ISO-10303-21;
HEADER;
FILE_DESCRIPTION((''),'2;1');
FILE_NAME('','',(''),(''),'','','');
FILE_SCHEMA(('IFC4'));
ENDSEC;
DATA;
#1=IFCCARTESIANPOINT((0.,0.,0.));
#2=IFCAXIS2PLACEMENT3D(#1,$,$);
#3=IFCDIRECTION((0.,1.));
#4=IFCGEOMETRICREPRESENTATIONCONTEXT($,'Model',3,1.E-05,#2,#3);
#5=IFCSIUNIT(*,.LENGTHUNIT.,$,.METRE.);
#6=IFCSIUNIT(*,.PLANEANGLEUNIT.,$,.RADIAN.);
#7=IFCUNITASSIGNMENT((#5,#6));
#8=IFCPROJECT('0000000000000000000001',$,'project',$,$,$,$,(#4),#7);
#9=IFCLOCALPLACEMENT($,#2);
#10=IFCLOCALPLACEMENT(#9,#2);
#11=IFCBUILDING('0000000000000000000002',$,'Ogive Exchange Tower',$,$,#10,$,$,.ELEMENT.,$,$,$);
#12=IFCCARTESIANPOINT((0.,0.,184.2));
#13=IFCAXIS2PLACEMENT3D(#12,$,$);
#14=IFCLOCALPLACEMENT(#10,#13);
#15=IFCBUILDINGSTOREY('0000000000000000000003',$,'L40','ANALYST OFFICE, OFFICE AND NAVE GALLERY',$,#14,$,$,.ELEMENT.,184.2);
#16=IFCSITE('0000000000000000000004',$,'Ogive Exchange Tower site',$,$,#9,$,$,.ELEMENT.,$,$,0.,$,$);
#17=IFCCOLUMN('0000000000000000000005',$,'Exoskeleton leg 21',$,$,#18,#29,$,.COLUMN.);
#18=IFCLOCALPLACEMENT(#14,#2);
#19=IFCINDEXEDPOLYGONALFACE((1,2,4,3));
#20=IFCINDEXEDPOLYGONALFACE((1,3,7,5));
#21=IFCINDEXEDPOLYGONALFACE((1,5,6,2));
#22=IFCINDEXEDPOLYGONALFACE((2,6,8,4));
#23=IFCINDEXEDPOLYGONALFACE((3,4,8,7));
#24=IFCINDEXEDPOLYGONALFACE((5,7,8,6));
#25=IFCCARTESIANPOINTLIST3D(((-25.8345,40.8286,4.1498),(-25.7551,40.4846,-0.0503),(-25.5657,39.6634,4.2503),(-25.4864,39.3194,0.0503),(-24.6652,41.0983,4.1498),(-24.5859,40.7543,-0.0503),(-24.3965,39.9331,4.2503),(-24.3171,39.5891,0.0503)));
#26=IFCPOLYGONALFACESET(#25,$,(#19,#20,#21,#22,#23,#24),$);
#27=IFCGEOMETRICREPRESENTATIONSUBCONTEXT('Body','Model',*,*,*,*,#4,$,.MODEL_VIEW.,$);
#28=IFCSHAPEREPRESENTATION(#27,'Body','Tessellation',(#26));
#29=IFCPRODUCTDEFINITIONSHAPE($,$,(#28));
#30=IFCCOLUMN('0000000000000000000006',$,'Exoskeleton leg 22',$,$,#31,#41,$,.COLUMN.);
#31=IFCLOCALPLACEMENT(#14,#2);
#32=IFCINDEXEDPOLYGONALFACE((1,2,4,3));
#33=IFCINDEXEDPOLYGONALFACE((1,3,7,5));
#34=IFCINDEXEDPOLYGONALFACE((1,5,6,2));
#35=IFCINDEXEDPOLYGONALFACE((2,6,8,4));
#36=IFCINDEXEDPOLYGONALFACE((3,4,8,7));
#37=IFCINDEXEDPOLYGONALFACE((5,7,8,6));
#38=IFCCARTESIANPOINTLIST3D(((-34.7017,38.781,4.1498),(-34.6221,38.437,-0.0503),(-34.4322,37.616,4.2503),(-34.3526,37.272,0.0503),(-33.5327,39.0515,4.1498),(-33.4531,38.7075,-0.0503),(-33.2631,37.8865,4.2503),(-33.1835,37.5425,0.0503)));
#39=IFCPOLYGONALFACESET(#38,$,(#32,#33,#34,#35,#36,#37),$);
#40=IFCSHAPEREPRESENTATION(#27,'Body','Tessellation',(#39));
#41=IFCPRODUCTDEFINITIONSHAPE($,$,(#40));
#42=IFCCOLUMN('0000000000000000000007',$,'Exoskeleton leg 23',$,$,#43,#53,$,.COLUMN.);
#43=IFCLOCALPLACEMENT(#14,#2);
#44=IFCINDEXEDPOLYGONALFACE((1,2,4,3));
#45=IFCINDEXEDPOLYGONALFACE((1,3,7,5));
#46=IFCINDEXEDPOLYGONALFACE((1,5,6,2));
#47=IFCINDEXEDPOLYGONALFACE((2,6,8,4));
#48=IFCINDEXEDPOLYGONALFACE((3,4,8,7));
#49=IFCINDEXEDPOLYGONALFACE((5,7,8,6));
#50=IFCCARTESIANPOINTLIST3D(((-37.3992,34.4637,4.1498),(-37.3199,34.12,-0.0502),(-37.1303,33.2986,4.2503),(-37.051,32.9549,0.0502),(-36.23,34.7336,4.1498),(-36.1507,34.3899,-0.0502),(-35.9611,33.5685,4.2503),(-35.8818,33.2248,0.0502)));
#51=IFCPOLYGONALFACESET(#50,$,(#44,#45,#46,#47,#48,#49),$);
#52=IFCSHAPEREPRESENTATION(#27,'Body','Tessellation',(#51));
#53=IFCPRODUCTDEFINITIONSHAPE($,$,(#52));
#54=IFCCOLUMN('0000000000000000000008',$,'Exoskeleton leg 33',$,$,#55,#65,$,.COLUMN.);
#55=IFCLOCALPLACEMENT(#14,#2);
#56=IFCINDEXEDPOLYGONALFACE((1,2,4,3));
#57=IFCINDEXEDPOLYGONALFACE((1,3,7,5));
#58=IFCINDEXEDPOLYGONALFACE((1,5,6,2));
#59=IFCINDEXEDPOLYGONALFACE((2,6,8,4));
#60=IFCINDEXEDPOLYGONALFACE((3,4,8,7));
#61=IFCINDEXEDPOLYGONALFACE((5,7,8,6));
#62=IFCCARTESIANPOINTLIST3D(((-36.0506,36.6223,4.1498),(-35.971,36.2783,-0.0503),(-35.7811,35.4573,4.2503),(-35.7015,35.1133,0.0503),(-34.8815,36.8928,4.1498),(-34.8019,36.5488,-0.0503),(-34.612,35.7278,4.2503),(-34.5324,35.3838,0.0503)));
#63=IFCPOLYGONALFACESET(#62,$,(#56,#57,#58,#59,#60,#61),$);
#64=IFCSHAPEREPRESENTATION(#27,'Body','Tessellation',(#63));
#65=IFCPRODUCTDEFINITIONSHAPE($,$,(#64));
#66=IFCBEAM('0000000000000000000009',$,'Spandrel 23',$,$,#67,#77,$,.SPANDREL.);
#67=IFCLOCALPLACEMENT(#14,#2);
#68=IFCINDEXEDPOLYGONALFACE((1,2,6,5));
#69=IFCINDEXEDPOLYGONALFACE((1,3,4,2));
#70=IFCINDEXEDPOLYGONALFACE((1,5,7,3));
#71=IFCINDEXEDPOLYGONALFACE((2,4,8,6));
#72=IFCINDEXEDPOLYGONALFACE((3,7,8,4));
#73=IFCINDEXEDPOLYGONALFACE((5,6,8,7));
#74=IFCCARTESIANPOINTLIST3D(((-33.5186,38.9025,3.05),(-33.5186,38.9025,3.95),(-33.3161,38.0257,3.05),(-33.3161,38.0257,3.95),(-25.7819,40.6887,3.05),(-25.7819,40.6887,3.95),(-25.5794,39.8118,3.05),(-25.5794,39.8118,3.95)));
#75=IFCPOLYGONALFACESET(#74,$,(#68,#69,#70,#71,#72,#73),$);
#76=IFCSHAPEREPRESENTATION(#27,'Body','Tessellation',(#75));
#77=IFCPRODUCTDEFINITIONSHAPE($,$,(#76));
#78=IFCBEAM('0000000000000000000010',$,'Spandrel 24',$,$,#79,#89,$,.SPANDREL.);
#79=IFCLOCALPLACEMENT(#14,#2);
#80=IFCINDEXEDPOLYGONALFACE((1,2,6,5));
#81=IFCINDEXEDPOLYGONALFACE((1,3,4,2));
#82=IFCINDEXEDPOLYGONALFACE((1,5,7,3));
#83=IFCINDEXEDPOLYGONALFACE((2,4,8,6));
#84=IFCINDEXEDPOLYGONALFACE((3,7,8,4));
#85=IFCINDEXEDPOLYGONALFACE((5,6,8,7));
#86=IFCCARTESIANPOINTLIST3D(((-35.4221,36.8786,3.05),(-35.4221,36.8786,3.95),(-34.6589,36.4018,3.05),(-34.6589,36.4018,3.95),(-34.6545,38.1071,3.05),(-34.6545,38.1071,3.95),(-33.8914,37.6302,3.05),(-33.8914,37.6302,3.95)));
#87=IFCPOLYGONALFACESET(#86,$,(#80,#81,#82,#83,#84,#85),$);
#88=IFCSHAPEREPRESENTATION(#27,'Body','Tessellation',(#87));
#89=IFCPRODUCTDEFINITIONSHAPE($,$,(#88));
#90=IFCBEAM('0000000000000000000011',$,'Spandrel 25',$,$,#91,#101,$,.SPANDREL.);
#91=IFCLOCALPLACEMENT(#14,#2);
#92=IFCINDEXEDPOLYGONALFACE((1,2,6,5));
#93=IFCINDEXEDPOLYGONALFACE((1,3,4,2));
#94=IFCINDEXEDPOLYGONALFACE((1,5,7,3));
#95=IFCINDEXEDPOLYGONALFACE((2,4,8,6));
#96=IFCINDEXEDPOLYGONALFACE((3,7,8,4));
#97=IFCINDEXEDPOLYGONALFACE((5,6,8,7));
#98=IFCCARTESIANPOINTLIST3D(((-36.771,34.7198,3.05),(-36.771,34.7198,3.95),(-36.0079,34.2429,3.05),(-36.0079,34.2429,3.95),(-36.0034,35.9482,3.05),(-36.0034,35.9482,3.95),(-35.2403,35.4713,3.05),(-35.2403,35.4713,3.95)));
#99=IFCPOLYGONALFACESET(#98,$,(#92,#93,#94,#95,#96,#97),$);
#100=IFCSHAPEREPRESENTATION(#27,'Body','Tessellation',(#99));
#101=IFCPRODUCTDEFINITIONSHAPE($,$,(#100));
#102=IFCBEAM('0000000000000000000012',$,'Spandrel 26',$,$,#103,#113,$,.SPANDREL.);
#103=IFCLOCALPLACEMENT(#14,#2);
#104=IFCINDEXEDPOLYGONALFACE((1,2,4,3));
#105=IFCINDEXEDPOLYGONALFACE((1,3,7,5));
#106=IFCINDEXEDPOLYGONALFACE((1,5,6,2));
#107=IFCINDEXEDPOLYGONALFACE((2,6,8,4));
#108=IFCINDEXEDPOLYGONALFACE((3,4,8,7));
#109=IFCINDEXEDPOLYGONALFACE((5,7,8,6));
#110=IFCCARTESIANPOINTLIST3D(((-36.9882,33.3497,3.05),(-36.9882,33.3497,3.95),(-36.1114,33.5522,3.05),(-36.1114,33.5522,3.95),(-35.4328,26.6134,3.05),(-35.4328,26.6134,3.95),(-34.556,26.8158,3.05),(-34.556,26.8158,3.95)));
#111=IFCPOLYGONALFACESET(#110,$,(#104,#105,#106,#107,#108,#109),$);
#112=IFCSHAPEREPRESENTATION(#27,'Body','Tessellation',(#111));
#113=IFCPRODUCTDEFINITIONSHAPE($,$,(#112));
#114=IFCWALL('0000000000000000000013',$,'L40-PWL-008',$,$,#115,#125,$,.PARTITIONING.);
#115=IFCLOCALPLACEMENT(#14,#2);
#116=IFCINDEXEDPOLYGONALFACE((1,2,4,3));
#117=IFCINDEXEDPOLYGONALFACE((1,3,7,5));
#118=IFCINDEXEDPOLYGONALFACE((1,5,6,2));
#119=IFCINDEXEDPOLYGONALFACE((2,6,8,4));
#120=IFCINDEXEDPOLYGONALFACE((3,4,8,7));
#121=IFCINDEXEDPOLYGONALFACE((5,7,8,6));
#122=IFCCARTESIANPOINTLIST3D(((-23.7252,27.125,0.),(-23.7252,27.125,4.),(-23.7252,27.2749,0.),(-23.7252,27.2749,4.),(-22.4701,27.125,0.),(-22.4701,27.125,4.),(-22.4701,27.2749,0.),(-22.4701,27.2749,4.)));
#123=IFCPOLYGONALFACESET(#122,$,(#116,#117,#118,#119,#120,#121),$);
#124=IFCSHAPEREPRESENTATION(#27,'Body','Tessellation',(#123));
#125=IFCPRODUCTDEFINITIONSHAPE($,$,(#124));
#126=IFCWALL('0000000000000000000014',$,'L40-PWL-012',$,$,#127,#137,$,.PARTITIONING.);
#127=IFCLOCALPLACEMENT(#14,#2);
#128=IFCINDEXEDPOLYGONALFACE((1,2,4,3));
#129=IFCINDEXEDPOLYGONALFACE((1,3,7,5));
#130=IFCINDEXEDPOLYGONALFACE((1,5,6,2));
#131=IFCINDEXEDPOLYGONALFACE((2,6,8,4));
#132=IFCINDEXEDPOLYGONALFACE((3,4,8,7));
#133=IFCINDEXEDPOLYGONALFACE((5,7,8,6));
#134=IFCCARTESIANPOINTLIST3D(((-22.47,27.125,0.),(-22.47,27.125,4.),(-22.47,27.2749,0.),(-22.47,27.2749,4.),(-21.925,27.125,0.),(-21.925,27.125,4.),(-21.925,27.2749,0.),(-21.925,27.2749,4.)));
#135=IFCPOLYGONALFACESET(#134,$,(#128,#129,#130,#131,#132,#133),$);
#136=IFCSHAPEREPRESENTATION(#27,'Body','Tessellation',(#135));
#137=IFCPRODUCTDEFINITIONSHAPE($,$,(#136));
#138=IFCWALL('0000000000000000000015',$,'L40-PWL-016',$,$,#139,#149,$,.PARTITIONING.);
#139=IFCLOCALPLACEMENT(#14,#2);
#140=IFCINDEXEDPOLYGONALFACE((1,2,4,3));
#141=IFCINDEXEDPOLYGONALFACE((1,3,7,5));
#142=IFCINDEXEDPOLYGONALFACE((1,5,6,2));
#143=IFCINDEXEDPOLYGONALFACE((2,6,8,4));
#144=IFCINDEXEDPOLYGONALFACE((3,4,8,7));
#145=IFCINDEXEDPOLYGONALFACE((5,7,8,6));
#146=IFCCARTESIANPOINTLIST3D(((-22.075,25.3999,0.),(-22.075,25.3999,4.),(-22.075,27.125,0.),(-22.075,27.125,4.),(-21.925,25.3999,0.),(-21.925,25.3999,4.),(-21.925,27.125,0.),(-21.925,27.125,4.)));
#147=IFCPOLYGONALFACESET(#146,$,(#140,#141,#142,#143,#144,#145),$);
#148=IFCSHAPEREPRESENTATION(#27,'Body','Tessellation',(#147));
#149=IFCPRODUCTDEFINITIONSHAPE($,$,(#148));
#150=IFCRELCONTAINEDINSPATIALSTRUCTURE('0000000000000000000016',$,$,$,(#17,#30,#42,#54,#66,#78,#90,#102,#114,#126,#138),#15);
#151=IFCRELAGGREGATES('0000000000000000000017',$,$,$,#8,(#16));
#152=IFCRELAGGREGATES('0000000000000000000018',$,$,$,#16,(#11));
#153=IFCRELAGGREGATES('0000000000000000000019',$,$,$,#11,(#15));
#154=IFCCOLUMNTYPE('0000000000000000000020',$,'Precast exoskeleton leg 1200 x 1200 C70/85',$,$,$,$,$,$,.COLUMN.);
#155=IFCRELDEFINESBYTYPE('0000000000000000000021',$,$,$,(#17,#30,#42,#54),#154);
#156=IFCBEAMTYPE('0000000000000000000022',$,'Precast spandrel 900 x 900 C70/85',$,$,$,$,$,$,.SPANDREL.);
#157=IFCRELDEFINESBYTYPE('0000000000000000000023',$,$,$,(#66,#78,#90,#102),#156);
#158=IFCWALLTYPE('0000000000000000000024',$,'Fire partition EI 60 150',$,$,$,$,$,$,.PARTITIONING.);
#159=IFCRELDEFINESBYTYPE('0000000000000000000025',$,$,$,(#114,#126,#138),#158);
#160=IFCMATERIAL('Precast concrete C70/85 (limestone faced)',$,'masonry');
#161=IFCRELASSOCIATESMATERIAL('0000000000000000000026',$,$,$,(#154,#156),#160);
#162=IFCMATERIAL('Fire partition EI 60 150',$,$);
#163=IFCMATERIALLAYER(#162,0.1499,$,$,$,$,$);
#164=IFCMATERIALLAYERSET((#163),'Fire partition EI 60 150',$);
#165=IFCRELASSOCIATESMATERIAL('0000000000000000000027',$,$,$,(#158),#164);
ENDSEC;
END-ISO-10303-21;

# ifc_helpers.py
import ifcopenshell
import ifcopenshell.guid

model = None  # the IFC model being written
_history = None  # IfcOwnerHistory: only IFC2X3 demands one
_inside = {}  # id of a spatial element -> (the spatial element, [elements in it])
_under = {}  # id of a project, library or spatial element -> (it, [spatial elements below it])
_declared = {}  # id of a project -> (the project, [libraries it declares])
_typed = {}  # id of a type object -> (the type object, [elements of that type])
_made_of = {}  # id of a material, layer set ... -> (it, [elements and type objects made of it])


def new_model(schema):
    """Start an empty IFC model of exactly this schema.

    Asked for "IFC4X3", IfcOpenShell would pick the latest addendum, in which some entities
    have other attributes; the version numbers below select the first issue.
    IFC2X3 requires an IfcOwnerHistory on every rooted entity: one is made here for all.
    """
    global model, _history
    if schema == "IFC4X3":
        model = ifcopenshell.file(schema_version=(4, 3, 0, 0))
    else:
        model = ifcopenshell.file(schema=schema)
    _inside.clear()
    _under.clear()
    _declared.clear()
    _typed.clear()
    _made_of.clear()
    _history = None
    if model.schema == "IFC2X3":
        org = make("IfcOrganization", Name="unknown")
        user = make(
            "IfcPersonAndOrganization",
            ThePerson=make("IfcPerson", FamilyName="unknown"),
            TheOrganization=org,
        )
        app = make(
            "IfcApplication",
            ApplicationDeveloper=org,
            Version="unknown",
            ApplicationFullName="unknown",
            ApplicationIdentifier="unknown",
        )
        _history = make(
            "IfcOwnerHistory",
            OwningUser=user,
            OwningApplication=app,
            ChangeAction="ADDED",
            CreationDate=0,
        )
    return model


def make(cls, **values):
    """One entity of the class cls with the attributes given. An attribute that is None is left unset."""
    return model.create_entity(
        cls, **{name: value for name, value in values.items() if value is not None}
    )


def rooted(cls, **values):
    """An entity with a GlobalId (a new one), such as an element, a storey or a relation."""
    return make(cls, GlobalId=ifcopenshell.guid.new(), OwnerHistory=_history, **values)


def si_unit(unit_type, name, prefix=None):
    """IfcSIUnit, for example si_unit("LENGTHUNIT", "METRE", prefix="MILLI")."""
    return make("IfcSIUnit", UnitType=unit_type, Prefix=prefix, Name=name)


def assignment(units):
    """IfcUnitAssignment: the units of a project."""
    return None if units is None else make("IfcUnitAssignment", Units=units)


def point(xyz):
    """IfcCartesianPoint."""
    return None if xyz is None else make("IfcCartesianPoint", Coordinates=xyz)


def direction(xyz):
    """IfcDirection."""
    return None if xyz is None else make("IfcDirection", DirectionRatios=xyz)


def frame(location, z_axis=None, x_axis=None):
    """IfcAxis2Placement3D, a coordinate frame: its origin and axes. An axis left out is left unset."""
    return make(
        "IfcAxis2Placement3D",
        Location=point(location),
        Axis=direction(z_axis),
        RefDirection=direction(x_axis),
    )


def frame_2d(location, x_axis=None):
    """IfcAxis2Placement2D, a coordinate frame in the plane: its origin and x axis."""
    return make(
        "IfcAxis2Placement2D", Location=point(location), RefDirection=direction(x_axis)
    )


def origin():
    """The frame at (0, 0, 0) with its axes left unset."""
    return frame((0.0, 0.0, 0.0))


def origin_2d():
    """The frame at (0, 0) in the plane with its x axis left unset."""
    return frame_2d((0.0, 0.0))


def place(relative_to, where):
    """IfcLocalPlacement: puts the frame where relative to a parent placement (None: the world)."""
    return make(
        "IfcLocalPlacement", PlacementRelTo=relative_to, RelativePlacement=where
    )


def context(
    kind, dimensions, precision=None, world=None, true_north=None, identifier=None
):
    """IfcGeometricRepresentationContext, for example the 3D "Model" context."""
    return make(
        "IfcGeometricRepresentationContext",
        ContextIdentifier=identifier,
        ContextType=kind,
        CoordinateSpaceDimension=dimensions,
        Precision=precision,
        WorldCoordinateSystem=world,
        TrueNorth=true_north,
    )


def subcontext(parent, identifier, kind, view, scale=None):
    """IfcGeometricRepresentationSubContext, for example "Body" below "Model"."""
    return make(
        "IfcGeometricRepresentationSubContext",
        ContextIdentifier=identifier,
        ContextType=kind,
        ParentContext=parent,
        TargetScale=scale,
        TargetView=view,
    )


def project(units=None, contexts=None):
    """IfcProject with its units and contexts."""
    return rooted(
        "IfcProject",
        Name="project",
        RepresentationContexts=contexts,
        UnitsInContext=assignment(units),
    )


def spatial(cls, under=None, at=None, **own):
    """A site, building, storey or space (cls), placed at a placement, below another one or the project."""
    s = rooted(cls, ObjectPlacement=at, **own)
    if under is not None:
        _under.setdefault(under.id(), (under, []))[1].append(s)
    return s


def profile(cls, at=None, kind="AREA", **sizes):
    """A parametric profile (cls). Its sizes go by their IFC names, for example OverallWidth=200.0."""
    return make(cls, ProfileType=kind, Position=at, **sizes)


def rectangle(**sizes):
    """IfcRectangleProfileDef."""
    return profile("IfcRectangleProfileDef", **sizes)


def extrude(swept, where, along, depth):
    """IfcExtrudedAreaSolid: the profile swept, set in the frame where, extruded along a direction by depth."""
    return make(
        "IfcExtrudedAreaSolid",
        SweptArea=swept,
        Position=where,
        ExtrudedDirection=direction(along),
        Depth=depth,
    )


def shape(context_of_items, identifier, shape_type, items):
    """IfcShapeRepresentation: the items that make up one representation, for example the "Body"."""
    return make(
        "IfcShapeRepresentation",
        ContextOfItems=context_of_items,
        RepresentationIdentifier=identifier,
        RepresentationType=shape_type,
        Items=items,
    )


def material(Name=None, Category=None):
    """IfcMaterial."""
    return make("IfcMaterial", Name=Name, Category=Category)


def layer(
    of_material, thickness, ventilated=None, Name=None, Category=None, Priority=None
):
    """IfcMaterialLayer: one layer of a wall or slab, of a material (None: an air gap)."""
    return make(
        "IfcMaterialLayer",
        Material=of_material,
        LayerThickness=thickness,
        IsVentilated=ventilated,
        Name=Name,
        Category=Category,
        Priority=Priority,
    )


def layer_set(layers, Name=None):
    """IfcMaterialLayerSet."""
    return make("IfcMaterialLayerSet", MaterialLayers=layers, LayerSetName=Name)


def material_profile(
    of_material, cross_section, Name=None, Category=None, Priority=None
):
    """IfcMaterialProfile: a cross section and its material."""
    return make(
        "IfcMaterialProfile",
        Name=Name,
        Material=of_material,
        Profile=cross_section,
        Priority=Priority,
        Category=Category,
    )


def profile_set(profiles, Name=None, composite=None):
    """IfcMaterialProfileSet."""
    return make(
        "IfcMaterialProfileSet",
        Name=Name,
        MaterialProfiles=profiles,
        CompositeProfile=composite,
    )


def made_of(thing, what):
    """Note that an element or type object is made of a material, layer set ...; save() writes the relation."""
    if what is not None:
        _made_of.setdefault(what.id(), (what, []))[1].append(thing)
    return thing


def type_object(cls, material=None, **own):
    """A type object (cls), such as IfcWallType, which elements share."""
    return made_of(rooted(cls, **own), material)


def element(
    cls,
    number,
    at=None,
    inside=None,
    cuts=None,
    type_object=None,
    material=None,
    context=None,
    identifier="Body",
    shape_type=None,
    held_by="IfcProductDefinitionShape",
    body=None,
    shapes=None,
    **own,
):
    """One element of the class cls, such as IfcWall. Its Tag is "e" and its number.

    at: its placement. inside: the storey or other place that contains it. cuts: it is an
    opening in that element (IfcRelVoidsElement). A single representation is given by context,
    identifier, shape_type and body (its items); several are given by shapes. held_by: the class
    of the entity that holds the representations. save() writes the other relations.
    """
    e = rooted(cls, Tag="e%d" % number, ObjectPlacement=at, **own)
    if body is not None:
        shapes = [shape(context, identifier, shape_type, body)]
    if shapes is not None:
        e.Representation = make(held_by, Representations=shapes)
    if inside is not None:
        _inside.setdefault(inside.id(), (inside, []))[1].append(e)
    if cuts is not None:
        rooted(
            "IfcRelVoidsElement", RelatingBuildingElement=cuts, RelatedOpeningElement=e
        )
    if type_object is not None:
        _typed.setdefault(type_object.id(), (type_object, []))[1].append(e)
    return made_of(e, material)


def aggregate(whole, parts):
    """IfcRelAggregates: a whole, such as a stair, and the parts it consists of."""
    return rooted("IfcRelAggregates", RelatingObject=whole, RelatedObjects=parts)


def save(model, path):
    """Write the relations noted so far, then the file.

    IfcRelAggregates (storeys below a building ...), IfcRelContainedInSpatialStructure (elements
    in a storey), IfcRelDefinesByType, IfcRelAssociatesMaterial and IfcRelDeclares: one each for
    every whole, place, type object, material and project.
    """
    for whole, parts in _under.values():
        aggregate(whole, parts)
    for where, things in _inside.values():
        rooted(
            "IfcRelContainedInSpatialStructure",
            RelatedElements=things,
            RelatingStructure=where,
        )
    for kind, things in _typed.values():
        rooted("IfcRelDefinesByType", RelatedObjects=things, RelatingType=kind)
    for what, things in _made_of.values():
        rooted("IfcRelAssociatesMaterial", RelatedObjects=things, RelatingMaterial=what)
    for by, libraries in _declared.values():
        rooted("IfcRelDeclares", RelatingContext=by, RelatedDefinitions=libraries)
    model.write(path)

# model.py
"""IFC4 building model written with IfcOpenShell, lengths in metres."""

from ifc_helpers import new_model, si_unit, direction, frame, frame_2d, origin, origin_2d, place, context, subcontext, project, spatial, rectangle, extrude, material, layer, layer_set, material_profile, profile_set, type_object, element, save


model = new_model("IFC4")

# Units and contexts
model_context = context("Model", 3, precision=1e-05, world=origin(), true_north=direction((0.0, 1.0)))
body_context = subcontext(model_context, "Body", "Model", "MODEL_VIEW")
ifc_project = project(units=[si_unit("LENGTHUNIT", "METRE"), si_unit("PLANEANGLEUNIT", "RADIAN")], contexts=[model_context])

# Site, building, storey
site_placement = place(None, origin())
site = spatial("IfcSite", under=ifc_project, at=site_placement, Name="Ogive Exchange Tower site", CompositionType="ELEMENT", RefElevation=0.0)
building_placement = place(site_placement, origin())
building = spatial("IfcBuilding", under=site, at=building_placement, Name="Ogive Exchange Tower", CompositionType="ELEMENT")
storey_placement = place(building_placement, frame((0.0, 0.0, 184.2)))
storey = spatial("IfcBuildingStorey", under=building, at=storey_placement, Name="L40", Description="ANALYST OFFICE, OFFICE AND NAVE GALLERY", CompositionType="ELEMENT", Elevation=184.2)

# Columns
ifc_material_1 = material(Name="Precast concrete C70/85 (limestone faced)", Category="masonry")
ifc_material_profile_1 = material_profile(ifc_material_1, rectangle(XDim=1.2, YDim=1.2, at=origin_2d()), Name="1200 x 1200")
ifc_profile_set_1 = profile_set([ifc_material_profile_1], Name="Precast concrete C70/85 (limestone faced)")
column_type = type_object("IfcColumnType", Name="Precast exoskeleton leg 1200 x 1200 C70/85", PredefinedType="COLUMN", material=ifc_profile_set_1)
for number, where, z_axis, x_axis, name in (
    (1, (-25.0361, 40.0369, 0.0), (-0.018826, 0.081617, 0.996486), (-0.974415, -0.224758, 0.0), "Exoskeleton leg 21"),
    (2, (-33.9028, 37.9897, 0.0), (-0.018884, 0.081616, 0.996485), (-0.974263, -0.225415, 0.0), "Exoskeleton leg 22"),
    (3, (-36.6008, 33.6724, 0.0), (-0.018826, 0.081559, 0.996491), (-0.97438, -0.22491, 0.0), "Exoskeleton leg 23"),
    (4, (-35.2517, 35.8311, 0.0), (-0.018884, 0.081616, 0.996485), (-0.974263, -0.225415, 0.0), "Exoskeleton leg 33"),
):
    element("IfcColumn", number, at=place(storey_placement, frame(where, z_axis=z_axis, x_axis=x_axis)), inside=storey, type_object=column_type, Name=name, PredefinedType="COLUMN", context=body_context, shape_type="SweptSolid", body=[
        extrude(rectangle(XDim=1.2, YDim=1.2, at=origin_2d()), origin(), (0.0, 0.0, 1.0), 4.2148),
    ])

# Beams
ifc_material_profile_2 = material_profile(ifc_material_1, rectangle(XDim=0.8999, YDim=0.8999, at=origin_2d()), Name="900 x 900")
ifc_profile_set_2 = profile_set([ifc_material_profile_2], Name="Precast concrete C70/85 (limestone faced)")
beam_type = type_object("IfcBeamType", Name="Precast spandrel 900 x 900 C70/85", PredefinedType="SPANDREL", material=ifc_profile_set_2)
beam_1_placement = place(storey_placement, frame((-25.6807, 40.2502, 3.5), z_axis=(-0.97437, -0.224952, 0.0), x_axis=(0.224952, -0.97437, 0.0)))
element("IfcBeam", 5, at=beam_1_placement, inside=storey, type_object=beam_type, Name="Spandrel 23", PredefinedType="SPANDREL", context=body_context, shape_type="SweptSolid", body=[
    extrude(rectangle(XDim=0.8999, YDim=0.8999, at=origin_2d()), origin(), (0.0, 0.0, 1.0), 7.9402),
])
for number, where, z_axis, x_axis, name in (
    (6, (-34.2729, 37.8687, 3.5), (-0.529878, -0.848074, 0.0), (0.848074, -0.529878, 0.0), "Spandrel 24"),
    (7, (-35.6218, 35.7097, 3.5), (-0.529953, -0.848027, 0.0), (0.848027, -0.529953, 0.0), "Spandrel 25"),
):
    element("IfcBeam", number, at=place(storey_placement, frame(where, z_axis=z_axis, x_axis=x_axis)), inside=storey, type_object=beam_type, Name=name, PredefinedType="SPANDREL", context=body_context, shape_type="SweptSolid", body=[
        extrude(rectangle(XDim=0.8999, YDim=0.8999, at=origin_2d()), origin(), (0.0, 0.0, 1.0), 1.4485),
    ])
beam_2_placement = place(storey_placement, frame((-36.5498, 33.4509, 3.5), z_axis=(0.224981, -0.974363, 0.0), x_axis=(0.974363, 0.224981, 0.0)))
element("IfcBeam", 8, at=beam_2_placement, inside=storey, type_object=beam_type, Name="Spandrel 26", PredefinedType="SPANDREL", context=body_context, shape_type="SweptSolid", body=[
    extrude(rectangle(XDim=0.8999, YDim=0.8999, at=origin_2d()), origin(), (0.0, 0.0, 1.0), 6.9136),
])

# Walls
ifc_material_2 = material(Name="Fire partition EI 60 150")
ifc_layer_1 = layer(ifc_material_2, 0.1499)
ifc_layer_set_1 = layer_set([ifc_layer_1], Name="Fire partition EI 60 150")
wall_type_1 = type_object("IfcWallType", Name="Fire partition EI 60 150", PredefinedType="PARTITIONING", material=ifc_layer_set_1)
wall_1_placement = place(storey_placement, frame((-23.7251, 27.2, 0.0), z_axis=(0.0, 0.0, 1.0), x_axis=(1.0, 0.0, 0.0)))
element("IfcWall", 9, at=wall_1_placement, inside=storey, type_object=wall_type_1, Name="L40-PWL-008", PredefinedType="PARTITIONING", context=body_context, shape_type="SweptSolid", body=[
    extrude(rectangle(XDim=1.2551, YDim=0.1499, at=frame_2d((0.6274, 0.0))), origin(), (0.0, 0.0, 1.0), 4.0),
])
wall_2_placement = place(storey_placement, frame((-22.47, 27.2, 0.0), z_axis=(0.0, 0.0, 1.0), x_axis=(1.0, 0.0, 0.0)))
element("IfcWall", 10, at=wall_2_placement, inside=storey, type_object=wall_type_1, Name="L40-PWL-012", PredefinedType="PARTITIONING", context=body_context, shape_type="SweptSolid", body=[
    extrude(rectangle(XDim=0.5449, YDim=0.1499, at=frame_2d((0.2725, 0.0))), origin(), (0.0, 0.0, 1.0), 4.0),
])
wall_3_placement = place(storey_placement, frame((-22.0, 27.125, 0.0), z_axis=(0.0, 0.0, 1.0), x_axis=(0.0, -1.0, 0.0)))
element("IfcWall", 11, at=wall_3_placement, inside=storey, type_object=wall_type_1, Name="L40-PWL-016", PredefinedType="PARTITIONING", context=body_context, shape_type="SweptSolid", body=[
    extrude(rectangle(XDim=1.7251, YDim=0.1499, at=frame_2d((0.8625, 0.0))), origin(), (0.0, 0.0, 1.0), 4.0),
])

save(model, "model.ifc")
